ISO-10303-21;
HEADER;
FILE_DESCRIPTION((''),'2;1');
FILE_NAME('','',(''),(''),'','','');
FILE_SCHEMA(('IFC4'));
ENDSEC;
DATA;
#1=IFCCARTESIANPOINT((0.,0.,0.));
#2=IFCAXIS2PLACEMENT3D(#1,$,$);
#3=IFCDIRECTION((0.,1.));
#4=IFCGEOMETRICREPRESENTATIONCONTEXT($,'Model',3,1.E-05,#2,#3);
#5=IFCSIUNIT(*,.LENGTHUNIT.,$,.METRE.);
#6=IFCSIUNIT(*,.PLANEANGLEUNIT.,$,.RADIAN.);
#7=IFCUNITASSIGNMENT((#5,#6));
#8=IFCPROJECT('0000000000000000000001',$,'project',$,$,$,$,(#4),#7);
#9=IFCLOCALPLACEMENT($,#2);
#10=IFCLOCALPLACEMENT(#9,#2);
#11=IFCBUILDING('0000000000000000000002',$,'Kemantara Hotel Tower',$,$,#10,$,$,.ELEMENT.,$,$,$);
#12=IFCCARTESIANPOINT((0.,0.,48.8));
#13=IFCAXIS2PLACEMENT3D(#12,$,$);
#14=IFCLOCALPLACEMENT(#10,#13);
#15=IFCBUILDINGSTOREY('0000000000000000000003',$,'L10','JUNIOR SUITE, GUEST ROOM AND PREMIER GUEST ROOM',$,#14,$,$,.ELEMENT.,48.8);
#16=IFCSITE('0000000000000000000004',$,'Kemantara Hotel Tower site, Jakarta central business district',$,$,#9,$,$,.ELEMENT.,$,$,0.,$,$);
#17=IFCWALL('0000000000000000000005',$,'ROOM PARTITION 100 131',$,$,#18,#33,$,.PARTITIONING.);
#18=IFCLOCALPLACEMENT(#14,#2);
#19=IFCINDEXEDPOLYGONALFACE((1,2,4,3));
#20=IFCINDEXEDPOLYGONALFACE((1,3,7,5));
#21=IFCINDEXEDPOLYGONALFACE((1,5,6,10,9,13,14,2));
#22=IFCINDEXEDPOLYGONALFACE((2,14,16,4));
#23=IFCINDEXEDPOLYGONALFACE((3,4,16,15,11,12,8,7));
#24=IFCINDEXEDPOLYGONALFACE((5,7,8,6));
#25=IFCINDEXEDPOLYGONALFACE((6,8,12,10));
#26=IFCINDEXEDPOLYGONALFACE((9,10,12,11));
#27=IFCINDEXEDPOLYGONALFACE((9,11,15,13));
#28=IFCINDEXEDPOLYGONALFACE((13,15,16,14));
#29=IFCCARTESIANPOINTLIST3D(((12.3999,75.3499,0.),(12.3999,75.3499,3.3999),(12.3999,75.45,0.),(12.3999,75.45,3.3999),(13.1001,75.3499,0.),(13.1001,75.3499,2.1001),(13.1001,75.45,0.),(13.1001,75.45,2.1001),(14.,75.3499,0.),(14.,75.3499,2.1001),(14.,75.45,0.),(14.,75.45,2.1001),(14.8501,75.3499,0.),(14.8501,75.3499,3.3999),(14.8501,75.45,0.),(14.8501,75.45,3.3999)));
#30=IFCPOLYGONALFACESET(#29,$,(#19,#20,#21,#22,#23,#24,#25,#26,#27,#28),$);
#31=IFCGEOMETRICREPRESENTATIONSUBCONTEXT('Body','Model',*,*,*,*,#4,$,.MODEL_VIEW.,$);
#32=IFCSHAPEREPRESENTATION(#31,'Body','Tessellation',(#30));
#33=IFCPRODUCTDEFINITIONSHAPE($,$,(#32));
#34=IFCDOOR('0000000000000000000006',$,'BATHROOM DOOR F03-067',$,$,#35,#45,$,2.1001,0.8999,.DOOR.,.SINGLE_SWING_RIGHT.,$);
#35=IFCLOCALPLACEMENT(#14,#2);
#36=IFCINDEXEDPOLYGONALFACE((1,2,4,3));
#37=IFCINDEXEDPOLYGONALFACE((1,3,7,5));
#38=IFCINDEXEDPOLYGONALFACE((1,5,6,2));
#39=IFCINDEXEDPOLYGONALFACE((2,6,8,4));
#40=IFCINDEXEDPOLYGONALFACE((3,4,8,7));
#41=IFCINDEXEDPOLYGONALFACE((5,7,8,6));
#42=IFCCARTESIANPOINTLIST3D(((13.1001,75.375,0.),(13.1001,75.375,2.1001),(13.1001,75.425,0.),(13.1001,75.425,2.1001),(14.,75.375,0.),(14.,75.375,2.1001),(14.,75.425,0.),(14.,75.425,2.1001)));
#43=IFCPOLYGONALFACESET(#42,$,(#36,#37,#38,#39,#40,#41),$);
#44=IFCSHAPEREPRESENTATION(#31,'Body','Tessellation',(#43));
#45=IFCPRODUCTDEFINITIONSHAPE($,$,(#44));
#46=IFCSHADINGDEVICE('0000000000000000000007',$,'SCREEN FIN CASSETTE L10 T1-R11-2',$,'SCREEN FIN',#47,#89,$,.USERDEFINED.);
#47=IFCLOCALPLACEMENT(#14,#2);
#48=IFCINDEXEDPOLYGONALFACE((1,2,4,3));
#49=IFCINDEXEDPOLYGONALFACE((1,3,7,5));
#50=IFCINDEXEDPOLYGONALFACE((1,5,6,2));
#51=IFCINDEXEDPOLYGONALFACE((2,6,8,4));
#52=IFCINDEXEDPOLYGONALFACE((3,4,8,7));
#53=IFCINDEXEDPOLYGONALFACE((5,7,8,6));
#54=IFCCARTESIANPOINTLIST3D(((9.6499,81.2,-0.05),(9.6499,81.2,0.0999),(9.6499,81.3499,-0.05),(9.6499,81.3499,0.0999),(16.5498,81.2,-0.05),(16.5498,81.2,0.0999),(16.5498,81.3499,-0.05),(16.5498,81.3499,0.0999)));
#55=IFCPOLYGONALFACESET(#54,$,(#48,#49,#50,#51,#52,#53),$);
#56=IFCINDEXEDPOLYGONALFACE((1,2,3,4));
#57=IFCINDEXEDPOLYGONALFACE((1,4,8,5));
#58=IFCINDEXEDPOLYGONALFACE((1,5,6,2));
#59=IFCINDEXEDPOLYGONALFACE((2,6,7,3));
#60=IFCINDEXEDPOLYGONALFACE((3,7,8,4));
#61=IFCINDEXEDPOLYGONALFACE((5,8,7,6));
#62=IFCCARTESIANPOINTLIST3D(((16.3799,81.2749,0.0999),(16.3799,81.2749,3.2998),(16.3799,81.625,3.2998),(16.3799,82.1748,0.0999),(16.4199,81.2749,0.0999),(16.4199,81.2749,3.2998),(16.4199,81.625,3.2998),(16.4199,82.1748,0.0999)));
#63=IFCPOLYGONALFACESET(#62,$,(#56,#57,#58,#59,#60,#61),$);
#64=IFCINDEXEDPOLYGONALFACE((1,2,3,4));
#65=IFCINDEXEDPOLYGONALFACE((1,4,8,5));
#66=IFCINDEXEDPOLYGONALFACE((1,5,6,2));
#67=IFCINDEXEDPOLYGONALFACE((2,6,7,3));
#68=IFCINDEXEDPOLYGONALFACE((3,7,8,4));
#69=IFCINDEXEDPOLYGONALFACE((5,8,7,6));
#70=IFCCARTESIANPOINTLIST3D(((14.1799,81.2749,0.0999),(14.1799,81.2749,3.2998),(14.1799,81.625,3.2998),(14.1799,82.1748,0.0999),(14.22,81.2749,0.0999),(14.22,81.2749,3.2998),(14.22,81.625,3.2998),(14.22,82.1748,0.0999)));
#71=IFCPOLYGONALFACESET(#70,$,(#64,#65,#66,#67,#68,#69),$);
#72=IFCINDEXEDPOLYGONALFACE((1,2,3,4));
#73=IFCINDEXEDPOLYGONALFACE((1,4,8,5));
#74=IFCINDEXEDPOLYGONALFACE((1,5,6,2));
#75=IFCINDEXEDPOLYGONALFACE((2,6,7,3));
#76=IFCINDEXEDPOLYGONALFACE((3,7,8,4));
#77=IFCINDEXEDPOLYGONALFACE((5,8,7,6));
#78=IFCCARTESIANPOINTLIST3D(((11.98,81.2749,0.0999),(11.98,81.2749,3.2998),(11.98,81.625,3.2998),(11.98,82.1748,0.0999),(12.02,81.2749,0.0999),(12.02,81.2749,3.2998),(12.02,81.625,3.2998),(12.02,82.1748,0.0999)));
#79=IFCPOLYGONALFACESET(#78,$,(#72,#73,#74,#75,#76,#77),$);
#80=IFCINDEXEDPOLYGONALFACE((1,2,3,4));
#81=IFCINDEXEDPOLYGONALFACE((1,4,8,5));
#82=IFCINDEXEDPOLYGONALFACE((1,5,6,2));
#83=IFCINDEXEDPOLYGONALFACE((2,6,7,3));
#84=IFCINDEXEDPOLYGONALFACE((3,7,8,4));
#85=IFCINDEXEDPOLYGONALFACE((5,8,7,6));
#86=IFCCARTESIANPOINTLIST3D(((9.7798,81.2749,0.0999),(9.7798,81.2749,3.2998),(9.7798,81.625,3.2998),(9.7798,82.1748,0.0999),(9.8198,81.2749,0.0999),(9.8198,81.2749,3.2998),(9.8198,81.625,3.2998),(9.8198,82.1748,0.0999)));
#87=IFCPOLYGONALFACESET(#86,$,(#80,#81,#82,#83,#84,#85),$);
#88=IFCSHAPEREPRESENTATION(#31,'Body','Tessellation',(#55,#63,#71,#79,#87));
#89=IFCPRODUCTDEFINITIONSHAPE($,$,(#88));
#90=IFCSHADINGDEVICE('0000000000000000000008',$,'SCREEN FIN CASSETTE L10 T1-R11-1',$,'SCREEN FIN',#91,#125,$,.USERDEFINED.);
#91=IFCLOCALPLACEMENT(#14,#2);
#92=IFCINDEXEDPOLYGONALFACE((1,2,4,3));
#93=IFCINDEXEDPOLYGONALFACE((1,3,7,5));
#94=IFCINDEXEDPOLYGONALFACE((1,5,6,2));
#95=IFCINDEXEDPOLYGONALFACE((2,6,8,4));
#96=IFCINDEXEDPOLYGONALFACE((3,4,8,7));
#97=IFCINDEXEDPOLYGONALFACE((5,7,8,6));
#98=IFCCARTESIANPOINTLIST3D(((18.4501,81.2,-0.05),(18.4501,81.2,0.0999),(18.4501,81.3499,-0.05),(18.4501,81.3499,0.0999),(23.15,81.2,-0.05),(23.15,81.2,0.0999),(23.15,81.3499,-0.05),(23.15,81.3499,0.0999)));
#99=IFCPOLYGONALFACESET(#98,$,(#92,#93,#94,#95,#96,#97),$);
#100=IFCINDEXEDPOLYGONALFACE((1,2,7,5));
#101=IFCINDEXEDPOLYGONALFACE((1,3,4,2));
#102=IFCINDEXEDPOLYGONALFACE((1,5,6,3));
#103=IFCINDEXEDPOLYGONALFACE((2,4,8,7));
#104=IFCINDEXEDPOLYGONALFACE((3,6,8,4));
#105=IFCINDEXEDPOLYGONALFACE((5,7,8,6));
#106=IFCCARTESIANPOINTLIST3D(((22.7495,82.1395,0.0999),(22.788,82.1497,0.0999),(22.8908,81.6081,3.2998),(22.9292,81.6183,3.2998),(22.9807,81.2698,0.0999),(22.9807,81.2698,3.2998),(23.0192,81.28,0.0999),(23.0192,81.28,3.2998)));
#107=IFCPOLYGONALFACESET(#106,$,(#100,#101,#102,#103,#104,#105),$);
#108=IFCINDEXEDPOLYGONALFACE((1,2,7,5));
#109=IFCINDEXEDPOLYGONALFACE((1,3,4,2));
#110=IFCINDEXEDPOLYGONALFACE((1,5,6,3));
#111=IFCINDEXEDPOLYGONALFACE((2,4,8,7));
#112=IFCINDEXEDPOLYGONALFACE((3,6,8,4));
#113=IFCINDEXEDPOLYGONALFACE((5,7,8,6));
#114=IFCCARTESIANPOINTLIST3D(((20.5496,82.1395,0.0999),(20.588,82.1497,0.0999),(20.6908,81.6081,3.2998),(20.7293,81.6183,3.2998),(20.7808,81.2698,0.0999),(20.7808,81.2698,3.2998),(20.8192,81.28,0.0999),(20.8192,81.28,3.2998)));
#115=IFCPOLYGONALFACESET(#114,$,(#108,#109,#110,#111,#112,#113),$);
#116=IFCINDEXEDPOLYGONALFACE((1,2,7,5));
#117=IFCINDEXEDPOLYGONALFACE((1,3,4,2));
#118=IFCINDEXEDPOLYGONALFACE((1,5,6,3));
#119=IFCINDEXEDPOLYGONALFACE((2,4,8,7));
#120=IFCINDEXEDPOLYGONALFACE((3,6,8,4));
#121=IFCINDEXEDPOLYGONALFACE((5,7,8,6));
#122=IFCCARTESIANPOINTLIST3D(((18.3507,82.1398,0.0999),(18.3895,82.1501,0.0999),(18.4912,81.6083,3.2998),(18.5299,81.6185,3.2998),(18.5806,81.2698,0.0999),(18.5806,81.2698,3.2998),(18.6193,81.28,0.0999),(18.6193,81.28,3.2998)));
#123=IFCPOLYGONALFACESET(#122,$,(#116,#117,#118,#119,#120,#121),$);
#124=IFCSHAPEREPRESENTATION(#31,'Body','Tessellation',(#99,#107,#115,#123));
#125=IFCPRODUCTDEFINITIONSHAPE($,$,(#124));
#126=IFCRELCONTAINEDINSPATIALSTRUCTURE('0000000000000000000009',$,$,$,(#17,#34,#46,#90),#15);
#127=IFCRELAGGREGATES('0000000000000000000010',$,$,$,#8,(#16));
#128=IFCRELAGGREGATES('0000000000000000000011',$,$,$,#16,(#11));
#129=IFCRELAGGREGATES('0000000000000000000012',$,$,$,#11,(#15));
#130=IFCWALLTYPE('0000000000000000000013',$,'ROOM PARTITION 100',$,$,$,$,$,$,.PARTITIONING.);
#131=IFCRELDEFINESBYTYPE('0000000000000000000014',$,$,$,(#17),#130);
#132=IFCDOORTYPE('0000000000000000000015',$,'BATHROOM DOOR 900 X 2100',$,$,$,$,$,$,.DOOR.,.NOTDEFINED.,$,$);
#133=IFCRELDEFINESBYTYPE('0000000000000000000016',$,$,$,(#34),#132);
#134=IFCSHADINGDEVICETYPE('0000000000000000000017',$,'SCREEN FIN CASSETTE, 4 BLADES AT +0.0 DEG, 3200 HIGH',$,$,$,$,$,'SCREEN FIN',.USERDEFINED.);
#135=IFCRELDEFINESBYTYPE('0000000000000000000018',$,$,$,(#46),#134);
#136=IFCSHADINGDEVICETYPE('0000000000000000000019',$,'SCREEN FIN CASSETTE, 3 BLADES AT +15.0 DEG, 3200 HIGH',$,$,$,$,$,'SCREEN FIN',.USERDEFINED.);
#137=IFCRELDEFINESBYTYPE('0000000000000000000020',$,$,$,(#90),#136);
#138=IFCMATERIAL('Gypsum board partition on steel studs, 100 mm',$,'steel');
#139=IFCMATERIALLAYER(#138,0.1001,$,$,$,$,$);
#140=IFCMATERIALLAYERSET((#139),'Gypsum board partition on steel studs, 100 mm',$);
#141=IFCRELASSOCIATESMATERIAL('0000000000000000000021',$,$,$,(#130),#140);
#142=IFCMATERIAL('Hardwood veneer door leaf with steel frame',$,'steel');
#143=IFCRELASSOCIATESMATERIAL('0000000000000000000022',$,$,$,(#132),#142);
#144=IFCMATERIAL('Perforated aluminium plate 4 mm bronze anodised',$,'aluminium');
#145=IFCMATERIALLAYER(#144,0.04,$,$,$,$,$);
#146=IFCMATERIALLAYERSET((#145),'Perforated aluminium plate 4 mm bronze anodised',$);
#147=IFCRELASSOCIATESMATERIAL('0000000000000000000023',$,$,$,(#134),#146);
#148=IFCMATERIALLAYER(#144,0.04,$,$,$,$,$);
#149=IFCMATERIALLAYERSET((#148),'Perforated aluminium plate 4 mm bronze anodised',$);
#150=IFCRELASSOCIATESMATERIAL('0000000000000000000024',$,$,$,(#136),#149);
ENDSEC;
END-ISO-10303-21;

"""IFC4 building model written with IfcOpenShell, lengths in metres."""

from ifc_helpers import new_model, si_unit, direction, frame, frame_2d, origin, origin_2d, place, context, subcontext, project, spatial, polyline, rectangle, outline, extrude, source, transform, mapped, material, layer, layer_set, type_object, element, fill, save


model = new_model("IFC4")

# Units and contexts
model_context = context("Model", 3, precision=1e-05, world=origin(), true_north=direction((0.0, 1.0)))
body_context = subcontext(model_context, "Body", "Model", "MODEL_VIEW")
ifc_project = project(units=[si_unit("LENGTHUNIT", "METRE"), si_unit("PLANEANGLEUNIT", "RADIAN")], contexts=[model_context])

# Site, building, storey
site_placement = place(None, origin())
site = spatial("IfcSite", under=ifc_project, at=site_placement, Name="Kemantara Hotel Tower site, Jakarta central business district", CompositionType="ELEMENT", RefElevation=0.0)
building_placement = place(site_placement, origin())
building = spatial("IfcBuilding", under=site, at=building_placement, Name="Kemantara Hotel Tower", CompositionType="ELEMENT")
storey_placement = place(building_placement, frame((0.0, 0.0, 48.8)))
storey = spatial("IfcBuildingStorey", under=building, at=storey_placement, Name="L10", Description="JUNIOR SUITE, GUEST ROOM AND PREMIER GUEST ROOM", CompositionType="ELEMENT", Elevation=48.8)

# Shared definitions
ifc_material_1 = material(Name="Hardwood veneer door leaf with steel frame", Category="steel")

# Shared definitions
ifc_material_2 = material(Name="Gypsum board partition on steel studs, 100 mm", Category="steel")
ifc_layer_1 = layer(ifc_material_2, 0.1001)
ifc_layer_set_1 = layer_set([ifc_layer_1], Name="Gypsum board partition on steel studs, 100 mm")
wall_type_1 = type_object("IfcWallType", Name="ROOM PARTITION 100", PredefinedType="PARTITIONING", material=ifc_layer_set_1)

# Wall, opening, door
wall_1_placement = place(storey_placement, frame((14.8501, 75.3999, 0.0), z_axis=(0.0, 0.0, 1.0), x_axis=(-1.0, 0.0, 0.0)))
wall_1 = element("IfcWall", 1, at=wall_1_placement, inside=storey, type_object=wall_type_1, Name="ROOM PARTITION 100 131", PredefinedType="PARTITIONING", context=body_context, shape_type="SweptSolid", body=[
    extrude(rectangle(XDim=2.4502, YDim=0.1001, at=frame_2d((1.2251, 0.0))), origin(), (0.0, 0.0, 1.0), 3.3999),
])
opening_1_placement = place(wall_1_placement, frame((0.8501, 0.0, 0.0)))
opening_1 = element("IfcOpeningElement", 2, at=opening_1_placement, cuts=wall_1, PredefinedType="OPENING", context=body_context, shape_type="SweptSolid", body=[
    extrude(rectangle(XDim=0.8999, YDim=2.1001, at=frame_2d((0.45, 1.05))), frame((0.0, 0.0601, 0.0), z_axis=(0.0, -1.0, 0.0), x_axis=(1.0, 0.0, 0.0)), (0.0, 0.0, 1.0), 0.1201),
])
door_type_1 = type_object("IfcDoorType", Name="BATHROOM DOOR 900 X 2100", OperationType="NOTDEFINED", PredefinedType="DOOR", material=ifc_material_1)
door_1_placement = place(opening_1_placement, origin())
door_1 = element("IfcDoor", 3, at=door_1_placement, inside=storey, type_object=door_type_1, Name="BATHROOM DOOR F03-067", OperationType="SINGLE_SWING_RIGHT", OverallHeight=2.1001, OverallWidth=0.8999, PredefinedType="DOOR", context=body_context, shape_type="SweptSolid", body=[
    extrude(rectangle(XDim=0.8999, YDim=2.1001, at=frame_2d((0.45, 1.05))), frame((0.0, 0.0249, 0.0), z_axis=(0.0, -1.0, 0.0), x_axis=(1.0, 0.0, 0.0)), (0.0, 0.0, 1.0), 0.05),
])
fill(opening_1, door_1)

# Shading devices
ifc_material_3 = material(Name="Perforated aluminium plate 4 mm bronze anodised", Category="aluminium")
ifc_layer_2 = layer(ifc_material_3, 0.04)
ifc_layer_set_2 = layer_set([ifc_layer_2], Name="Perforated aluminium plate 4 mm bronze anodised")
shading_device_type_1 = type_object("IfcShadingDeviceType", Name="SCREEN FIN CASSETTE, 4 BLADES AT +0.0 DEG, 3200 HIGH", ElementType="SCREEN FIN", PredefinedType="USERDEFINED", material=ifc_layer_set_2)
shared_shape_1 = source(origin(), body_context, "Body", "SweptSolid", [
    extrude(rectangle(XDim=6.8999, YDim=0.1499, at=origin_2d()), frame((3.3, -0.075, -0.1499), z_axis=(0.0, 0.0, 1.0), x_axis=(1.0, 0.0, 0.0)), (0.0, 0.0, 1.0), 0.1499),
    extrude(outline(polyline([(0.0, 0.0), (0.8999, 0.0), (0.3501, 3.2), (0.0, 3.2), (0.0, 0.0)])), frame((0.02, -0.075, 0.0), z_axis=(-1.0, 0.0, 0.0), x_axis=(0.0, -1.0, 0.0)), (0.0, 0.0, 1.0), 0.04),
    extrude(outline(polyline([(0.0, 0.0), (0.8999, 0.0), (0.3501, 3.2), (0.0, 3.2), (0.0, 0.0)])), frame((2.22, -0.075, 0.0), z_axis=(-1.0, 0.0, 0.0), x_axis=(0.0, -1.0, 0.0)), (0.0, 0.0, 1.0), 0.04),
    extrude(outline(polyline([(0.0, 0.0), (0.8999, 0.0), (0.3501, 3.2), (0.0, 3.2), (0.0, 0.0)])), frame((4.4199, -0.075, 0.0), z_axis=(-1.0, 0.0, 0.0), x_axis=(0.0, -1.0, 0.0)), (0.0, 0.0, 1.0), 0.04),
    extrude(outline(polyline([(0.0, 0.0), (0.8999, 0.0), (0.3501, 3.2), (0.0, 3.2), (0.0, 0.0)])), frame((6.6201, -0.075, 0.0), z_axis=(-1.0, 0.0, 0.0), x_axis=(0.0, -1.0, 0.0)), (0.0, 0.0, 1.0), 0.04),
])
shading_device_1_placement = place(storey_placement, frame((16.3999, 81.2, 0.0999), z_axis=(0.0, 0.0, 1.0), x_axis=(-1.0, 0.0, 0.0)))
element("IfcShadingDevice", 4, at=shading_device_1_placement, inside=storey, type_object=shading_device_type_1, Name="SCREEN FIN CASSETTE L10 T1-R11-2", ObjectType="SCREEN FIN", PredefinedType="USERDEFINED", context=body_context, shape_type="MappedRepresentation", body=[
    mapped(shared_shape_1, transform((0.0, 0.0, 0.0))),
])
ifc_layer_3 = layer(ifc_material_3, 0.04)
ifc_layer_set_3 = layer_set([ifc_layer_3], Name="Perforated aluminium plate 4 mm bronze anodised")
shading_device_type_2 = type_object("IfcShadingDeviceType", Name="SCREEN FIN CASSETTE, 3 BLADES AT +15.0 DEG, 3200 HIGH", ElementType="SCREEN FIN", PredefinedType="USERDEFINED", material=ifc_layer_set_3)
shared_shape_2 = source(origin(), body_context, "Body", "SweptSolid", [
    extrude(rectangle(XDim=4.7, YDim=0.1499, at=origin_2d()), frame((2.2, -0.075, -0.1499), z_axis=(0.0, 0.0, 1.0), x_axis=(1.0, 0.0, 0.0)), (0.0, 0.0, 1.0), 0.1499),
    extrude(outline(polyline([(0.0, 0.0), (0.8999, 0.0), (0.3501, 3.2), (0.0, 3.2), (0.0, 0.0)])), frame((0.0193, -0.0698, 0.0), z_axis=(-0.966438, -0.256901, 0.0), x_axis=(0.256901, -0.966438, 0.0)), (0.0, 0.0, 1.0), 0.0398),
    extrude(outline(polyline([(0.0, 0.0), (0.8999, 0.0), (0.3501, 3.2), (0.0, 3.2), (0.0, 0.0)])), frame((2.2192, -0.0698, 0.0), z_axis=(-0.966438, -0.256901, 0.0), x_axis=(0.256901, -0.966438, 0.0)), (0.0, 0.0, 1.0), 0.0398),
    extrude(outline(polyline([(0.0, 0.0), (0.8999, 0.0), (0.3501, 3.2), (0.0, 3.2), (0.0, 0.0)])), frame((4.4194, -0.0698, 0.0), z_axis=(-0.966838, -0.255391, 0.0), x_axis=(0.255391, -0.966838, 0.0)), (0.0, 0.0, 1.0), 0.04),
])
shading_device_2_placement = place(storey_placement, frame((23.0, 81.2, 0.0999), z_axis=(0.0, 0.0, 1.0), x_axis=(-1.0, 0.0, 0.0)))
element("IfcShadingDevice", 5, at=shading_device_2_placement, inside=storey, type_object=shading_device_type_2, Name="SCREEN FIN CASSETTE L10 T1-R11-1", ObjectType="SCREEN FIN", PredefinedType="USERDEFINED", context=body_context, shape_type="MappedRepresentation", body=[
    mapped(shared_shape_2, transform((0.0, 0.0, 0.0))),
])

save(model, "model.ifc")
